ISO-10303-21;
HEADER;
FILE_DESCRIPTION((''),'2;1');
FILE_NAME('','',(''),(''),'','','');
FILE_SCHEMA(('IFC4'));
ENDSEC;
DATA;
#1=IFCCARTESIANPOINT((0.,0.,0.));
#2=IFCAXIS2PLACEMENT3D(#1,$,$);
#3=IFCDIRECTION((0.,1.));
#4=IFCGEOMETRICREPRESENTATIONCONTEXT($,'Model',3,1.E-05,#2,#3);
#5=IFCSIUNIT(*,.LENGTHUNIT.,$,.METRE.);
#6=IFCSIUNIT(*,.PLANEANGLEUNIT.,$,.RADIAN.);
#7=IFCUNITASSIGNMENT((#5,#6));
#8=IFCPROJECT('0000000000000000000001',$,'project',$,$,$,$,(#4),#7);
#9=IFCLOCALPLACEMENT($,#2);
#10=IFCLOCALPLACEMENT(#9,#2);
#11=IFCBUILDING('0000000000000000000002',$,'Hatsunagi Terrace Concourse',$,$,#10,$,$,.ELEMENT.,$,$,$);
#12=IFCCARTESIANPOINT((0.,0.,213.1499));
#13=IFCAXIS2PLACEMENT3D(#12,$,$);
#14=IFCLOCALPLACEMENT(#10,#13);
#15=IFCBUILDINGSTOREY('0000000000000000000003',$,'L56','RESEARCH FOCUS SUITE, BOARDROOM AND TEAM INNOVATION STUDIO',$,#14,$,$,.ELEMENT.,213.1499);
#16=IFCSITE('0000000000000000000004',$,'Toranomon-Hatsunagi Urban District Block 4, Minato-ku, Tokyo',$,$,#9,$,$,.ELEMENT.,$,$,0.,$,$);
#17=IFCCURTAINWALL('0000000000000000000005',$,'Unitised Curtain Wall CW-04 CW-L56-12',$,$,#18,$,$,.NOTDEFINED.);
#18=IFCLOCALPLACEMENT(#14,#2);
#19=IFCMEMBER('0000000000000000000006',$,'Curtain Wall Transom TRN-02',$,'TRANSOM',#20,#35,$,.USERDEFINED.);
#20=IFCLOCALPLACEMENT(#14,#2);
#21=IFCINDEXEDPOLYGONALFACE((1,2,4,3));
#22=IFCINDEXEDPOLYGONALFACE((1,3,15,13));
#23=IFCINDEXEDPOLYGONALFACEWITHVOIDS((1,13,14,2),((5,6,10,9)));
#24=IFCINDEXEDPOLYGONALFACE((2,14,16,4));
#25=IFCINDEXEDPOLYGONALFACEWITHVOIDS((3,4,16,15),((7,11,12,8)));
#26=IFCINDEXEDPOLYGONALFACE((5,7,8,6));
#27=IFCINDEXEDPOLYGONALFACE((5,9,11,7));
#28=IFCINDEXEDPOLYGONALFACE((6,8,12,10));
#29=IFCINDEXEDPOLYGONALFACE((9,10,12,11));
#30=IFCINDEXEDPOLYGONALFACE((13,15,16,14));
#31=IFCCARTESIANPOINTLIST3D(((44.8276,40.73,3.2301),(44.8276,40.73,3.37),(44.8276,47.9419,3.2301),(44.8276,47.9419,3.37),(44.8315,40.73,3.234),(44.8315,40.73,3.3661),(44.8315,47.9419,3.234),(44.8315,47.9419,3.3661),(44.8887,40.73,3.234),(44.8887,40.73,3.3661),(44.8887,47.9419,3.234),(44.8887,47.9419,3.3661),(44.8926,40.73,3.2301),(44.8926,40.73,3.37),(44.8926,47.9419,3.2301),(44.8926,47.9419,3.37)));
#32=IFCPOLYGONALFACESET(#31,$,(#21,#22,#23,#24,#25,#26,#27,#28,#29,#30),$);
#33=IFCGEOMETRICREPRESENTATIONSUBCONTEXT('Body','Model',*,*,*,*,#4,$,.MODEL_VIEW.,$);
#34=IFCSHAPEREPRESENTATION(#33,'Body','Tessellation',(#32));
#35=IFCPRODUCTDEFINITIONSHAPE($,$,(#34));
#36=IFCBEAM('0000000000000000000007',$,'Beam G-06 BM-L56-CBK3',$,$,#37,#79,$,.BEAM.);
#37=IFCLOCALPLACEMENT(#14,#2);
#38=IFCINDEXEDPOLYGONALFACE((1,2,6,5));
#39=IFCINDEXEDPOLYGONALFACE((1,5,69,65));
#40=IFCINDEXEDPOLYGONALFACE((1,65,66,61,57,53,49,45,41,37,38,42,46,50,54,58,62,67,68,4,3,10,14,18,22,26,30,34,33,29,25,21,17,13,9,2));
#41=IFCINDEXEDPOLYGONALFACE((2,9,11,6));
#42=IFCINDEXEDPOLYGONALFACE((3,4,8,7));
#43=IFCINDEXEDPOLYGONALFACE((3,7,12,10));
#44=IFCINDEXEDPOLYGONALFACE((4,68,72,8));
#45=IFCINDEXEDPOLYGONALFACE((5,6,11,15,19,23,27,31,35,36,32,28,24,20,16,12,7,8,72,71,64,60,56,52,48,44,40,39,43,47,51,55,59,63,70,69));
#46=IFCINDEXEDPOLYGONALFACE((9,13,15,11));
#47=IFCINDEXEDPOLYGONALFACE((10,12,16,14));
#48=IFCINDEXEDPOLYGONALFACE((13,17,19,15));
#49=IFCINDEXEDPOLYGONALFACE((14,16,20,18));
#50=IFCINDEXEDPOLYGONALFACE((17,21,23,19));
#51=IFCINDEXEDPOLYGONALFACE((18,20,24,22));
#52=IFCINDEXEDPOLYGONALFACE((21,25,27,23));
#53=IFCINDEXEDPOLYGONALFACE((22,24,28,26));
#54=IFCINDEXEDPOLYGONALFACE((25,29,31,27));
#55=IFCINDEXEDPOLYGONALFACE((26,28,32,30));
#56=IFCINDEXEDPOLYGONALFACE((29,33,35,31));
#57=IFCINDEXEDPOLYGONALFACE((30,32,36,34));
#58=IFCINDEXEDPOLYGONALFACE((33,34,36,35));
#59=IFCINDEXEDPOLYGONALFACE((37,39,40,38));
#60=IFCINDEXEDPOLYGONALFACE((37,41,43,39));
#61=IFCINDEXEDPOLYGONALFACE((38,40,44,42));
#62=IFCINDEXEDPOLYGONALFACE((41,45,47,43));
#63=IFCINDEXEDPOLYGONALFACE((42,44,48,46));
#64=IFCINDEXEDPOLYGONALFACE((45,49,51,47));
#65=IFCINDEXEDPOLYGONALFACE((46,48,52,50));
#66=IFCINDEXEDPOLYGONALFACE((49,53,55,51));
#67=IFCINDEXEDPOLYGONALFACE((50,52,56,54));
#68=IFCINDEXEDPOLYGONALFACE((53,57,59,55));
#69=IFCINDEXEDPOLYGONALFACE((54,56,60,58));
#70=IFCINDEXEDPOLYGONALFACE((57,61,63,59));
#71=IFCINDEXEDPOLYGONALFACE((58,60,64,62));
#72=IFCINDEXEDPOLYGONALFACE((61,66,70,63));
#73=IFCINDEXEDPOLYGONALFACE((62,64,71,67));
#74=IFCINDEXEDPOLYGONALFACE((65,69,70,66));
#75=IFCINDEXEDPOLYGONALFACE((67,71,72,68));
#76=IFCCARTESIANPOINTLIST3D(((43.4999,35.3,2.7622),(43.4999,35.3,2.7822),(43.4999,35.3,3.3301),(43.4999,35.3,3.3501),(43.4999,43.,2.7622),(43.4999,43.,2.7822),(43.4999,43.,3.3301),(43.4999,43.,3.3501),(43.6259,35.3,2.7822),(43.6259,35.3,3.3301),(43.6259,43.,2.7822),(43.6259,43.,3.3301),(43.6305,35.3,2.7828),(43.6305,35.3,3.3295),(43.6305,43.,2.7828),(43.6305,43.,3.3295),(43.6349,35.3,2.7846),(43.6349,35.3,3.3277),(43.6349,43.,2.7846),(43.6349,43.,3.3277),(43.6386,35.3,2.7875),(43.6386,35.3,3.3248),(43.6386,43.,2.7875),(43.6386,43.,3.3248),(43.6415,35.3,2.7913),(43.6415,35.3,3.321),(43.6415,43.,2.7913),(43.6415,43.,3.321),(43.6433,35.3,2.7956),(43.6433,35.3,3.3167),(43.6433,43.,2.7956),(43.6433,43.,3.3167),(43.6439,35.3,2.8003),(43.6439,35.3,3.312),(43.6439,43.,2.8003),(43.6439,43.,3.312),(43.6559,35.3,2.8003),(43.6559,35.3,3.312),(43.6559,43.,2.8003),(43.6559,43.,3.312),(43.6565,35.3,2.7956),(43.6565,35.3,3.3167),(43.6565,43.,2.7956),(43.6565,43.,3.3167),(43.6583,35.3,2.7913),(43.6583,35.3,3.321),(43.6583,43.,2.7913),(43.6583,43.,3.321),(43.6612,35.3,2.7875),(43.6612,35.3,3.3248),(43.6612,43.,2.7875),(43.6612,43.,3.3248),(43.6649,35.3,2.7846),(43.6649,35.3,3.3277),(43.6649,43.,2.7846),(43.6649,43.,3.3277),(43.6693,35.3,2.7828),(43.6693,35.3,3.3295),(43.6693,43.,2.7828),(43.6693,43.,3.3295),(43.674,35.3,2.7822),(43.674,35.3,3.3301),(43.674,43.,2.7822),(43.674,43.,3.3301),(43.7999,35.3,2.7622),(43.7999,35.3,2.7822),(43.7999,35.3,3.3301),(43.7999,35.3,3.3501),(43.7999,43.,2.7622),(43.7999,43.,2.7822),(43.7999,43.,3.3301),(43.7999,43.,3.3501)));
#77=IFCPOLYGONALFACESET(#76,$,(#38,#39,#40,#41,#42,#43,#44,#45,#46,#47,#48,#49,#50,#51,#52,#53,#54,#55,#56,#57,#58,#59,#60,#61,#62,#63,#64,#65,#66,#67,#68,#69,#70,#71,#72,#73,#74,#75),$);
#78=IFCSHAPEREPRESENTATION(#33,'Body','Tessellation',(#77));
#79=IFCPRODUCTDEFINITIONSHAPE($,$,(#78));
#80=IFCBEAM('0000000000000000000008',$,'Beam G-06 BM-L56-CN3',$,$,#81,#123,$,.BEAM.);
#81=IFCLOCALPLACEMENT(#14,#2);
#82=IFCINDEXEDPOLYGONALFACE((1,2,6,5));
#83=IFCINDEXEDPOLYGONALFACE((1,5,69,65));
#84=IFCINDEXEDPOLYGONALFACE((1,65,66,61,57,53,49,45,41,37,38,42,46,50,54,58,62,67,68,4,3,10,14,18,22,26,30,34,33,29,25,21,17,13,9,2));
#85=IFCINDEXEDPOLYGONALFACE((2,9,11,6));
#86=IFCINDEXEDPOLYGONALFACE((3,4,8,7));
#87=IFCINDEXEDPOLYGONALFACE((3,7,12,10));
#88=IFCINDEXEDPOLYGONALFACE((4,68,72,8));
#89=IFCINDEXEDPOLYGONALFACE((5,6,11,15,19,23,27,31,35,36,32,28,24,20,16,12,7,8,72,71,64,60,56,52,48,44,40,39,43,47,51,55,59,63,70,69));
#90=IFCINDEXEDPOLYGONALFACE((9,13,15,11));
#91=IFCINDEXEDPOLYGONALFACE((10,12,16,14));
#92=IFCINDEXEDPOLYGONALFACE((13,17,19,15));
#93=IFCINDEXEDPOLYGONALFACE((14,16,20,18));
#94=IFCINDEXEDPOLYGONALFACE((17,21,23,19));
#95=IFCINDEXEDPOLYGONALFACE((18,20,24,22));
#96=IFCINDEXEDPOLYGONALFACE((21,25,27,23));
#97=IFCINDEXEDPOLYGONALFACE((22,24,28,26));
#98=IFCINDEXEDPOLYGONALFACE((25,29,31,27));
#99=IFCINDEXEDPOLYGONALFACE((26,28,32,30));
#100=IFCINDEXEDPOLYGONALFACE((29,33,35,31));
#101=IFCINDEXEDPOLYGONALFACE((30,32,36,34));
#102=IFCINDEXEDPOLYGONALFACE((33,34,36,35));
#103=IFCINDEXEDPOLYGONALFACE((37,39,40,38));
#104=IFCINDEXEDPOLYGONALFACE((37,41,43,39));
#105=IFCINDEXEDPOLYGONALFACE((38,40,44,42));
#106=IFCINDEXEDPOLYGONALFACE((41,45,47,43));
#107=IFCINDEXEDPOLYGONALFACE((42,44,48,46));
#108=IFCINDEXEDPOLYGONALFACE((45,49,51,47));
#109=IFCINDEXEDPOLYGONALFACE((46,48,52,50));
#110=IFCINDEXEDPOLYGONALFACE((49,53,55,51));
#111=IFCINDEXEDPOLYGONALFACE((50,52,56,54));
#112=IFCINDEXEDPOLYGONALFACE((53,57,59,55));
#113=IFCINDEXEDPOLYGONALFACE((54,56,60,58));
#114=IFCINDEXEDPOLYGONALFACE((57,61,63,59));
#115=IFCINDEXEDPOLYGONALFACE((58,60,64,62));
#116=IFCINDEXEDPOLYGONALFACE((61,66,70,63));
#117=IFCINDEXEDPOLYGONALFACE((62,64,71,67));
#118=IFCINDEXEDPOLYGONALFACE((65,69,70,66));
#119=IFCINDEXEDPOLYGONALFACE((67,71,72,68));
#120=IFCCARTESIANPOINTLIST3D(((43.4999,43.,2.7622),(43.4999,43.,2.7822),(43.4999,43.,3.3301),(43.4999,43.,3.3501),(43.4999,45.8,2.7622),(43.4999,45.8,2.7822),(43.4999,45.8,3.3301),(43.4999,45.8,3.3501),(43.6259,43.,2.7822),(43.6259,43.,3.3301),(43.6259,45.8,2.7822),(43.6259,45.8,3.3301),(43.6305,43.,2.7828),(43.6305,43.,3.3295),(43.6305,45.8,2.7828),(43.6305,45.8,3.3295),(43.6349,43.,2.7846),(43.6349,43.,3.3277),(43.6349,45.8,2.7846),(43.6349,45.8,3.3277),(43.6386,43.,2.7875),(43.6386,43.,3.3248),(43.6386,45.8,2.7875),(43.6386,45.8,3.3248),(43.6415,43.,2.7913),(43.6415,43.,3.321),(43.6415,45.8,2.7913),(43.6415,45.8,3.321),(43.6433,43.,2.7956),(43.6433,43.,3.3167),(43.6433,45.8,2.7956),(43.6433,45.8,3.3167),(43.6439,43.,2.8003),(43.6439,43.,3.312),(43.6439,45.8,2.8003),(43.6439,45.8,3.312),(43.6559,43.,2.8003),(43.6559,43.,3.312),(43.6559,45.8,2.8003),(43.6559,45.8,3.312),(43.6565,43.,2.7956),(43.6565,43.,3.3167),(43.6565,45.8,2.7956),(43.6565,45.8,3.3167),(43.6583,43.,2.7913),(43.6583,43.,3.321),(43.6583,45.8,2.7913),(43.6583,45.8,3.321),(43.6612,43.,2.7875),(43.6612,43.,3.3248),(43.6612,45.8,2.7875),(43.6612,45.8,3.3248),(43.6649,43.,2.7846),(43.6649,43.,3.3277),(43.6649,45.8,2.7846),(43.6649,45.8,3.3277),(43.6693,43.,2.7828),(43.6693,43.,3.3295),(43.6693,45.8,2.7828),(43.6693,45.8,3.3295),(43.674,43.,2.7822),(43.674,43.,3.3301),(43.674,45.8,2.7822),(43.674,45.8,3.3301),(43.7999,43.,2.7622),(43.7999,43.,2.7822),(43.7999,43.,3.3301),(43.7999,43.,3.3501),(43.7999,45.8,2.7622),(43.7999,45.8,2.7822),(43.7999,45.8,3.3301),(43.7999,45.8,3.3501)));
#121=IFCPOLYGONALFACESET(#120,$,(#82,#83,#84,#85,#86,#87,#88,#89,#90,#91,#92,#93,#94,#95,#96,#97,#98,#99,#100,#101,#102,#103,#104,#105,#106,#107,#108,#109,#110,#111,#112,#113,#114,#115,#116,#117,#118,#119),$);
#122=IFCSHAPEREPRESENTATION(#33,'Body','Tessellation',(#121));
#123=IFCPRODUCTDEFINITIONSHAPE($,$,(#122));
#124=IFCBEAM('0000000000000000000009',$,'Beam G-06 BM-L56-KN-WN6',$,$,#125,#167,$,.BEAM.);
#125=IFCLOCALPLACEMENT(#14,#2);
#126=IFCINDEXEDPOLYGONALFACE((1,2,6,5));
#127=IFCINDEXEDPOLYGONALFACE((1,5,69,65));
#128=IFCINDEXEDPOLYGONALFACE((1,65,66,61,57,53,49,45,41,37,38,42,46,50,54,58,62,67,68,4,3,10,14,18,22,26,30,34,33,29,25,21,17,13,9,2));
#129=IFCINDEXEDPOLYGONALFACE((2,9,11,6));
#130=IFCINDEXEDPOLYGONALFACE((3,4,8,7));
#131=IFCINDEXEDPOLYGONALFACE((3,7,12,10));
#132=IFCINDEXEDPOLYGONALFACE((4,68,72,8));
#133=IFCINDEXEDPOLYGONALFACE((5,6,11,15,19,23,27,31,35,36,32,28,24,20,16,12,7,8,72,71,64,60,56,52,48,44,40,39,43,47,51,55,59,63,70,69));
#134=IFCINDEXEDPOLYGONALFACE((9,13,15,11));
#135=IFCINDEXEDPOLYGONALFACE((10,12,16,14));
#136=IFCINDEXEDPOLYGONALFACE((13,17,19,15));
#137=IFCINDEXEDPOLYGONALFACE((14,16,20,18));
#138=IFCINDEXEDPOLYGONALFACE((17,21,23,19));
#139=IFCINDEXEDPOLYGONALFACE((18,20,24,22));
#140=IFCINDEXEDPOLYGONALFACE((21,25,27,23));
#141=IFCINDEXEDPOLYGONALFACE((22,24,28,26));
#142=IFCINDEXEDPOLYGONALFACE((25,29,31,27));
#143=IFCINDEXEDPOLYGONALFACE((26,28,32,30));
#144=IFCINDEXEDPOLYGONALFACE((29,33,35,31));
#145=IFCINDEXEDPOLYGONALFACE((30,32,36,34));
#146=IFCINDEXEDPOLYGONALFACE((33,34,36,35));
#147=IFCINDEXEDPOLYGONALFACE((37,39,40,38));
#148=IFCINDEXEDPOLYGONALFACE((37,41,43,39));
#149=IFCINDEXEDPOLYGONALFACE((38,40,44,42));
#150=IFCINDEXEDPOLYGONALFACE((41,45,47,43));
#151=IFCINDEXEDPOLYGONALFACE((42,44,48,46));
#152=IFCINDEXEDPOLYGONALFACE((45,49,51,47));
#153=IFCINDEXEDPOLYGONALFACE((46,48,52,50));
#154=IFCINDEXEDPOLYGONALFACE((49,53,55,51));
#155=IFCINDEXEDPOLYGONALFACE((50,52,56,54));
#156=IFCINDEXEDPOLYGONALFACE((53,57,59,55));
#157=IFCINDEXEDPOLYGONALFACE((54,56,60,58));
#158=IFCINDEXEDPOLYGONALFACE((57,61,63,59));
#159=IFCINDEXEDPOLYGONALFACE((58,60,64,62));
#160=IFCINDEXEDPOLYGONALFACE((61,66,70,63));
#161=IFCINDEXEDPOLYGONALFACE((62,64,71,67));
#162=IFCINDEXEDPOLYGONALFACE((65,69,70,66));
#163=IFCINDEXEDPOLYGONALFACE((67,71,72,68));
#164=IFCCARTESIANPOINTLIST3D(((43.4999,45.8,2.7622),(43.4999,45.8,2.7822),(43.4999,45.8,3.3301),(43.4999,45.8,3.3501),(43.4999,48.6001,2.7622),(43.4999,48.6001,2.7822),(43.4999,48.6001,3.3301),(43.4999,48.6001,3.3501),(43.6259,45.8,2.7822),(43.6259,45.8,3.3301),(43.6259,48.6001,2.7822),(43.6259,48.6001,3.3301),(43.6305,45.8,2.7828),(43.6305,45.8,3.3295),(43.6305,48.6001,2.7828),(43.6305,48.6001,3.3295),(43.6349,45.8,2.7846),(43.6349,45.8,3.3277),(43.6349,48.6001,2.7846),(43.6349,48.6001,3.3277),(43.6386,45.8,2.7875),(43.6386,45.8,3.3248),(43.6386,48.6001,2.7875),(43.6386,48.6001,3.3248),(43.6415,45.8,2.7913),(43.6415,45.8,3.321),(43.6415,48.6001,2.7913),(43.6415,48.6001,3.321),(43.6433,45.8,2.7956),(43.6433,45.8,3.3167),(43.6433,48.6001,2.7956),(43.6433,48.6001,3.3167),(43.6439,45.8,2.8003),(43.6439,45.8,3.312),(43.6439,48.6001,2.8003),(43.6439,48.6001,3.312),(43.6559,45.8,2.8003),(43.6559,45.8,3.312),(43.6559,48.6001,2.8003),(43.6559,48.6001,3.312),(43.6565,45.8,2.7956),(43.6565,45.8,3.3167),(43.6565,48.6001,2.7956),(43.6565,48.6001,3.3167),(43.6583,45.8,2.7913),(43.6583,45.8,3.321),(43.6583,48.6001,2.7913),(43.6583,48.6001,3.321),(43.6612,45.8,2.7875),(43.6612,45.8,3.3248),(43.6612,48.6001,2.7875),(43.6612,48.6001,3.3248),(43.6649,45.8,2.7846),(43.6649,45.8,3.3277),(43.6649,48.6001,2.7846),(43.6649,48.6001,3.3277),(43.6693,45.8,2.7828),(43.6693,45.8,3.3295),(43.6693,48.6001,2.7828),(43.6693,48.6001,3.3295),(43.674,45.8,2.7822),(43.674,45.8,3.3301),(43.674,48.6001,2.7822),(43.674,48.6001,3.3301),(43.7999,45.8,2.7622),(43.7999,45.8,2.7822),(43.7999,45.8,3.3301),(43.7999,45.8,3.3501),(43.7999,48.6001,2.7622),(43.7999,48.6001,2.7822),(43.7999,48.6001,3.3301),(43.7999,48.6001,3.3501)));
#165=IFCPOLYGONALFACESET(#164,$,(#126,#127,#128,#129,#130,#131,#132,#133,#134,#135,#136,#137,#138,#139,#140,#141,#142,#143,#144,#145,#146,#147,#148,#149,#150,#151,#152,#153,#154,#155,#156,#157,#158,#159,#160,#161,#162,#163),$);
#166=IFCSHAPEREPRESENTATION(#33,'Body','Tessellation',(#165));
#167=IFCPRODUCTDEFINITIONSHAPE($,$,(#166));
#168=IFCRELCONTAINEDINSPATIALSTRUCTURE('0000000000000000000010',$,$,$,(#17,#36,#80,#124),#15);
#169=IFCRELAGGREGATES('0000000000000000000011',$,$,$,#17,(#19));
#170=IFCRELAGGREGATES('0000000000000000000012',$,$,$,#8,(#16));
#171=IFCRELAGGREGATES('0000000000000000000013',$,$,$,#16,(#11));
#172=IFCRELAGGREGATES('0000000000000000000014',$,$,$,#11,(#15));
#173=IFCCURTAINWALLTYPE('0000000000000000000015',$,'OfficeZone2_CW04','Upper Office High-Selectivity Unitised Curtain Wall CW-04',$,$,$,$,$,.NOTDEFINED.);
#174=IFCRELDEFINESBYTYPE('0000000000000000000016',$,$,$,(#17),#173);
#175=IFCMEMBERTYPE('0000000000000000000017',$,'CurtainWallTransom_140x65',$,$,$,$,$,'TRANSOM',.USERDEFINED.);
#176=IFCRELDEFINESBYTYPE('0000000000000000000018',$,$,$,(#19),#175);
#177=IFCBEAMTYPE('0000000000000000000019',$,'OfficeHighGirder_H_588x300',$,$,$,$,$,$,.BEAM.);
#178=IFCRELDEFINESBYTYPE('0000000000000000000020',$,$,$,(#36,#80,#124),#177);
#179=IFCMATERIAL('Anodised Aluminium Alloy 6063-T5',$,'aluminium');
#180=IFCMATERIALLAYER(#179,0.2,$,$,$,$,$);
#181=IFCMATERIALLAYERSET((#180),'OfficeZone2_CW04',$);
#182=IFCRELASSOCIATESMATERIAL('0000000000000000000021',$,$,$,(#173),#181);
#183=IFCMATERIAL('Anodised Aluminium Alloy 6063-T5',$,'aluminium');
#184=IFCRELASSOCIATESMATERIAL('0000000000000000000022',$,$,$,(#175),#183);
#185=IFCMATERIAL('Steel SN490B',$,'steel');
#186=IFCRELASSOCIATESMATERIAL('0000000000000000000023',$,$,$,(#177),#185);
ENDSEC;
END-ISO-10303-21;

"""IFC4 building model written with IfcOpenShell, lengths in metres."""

from ifc_helpers import new_model, si_unit, direction, frame, origin, origin_2d, place, context, subcontext, project, spatial, hollow_rectangle, i_section, extrude, material, layer, layer_set, material_profile, profile_set, type_object, element, aggregate, save


model = new_model("IFC4")

# Units and contexts
model_context = context("Model", 3, precision=1e-05, world=origin(), true_north=direction((0.0, 1.0)))
body_context = subcontext(model_context, "Body", "Model", "MODEL_VIEW")
ifc_project = project(units=[si_unit("LENGTHUNIT", "METRE"), si_unit("PLANEANGLEUNIT", "RADIAN")], contexts=[model_context])

# Site, building, storey
site_placement = place(None, origin())
site = spatial("IfcSite", under=ifc_project, at=site_placement, Name="Toranomon-Hatsunagi Urban District Block 4, Minato-ku, Tokyo", CompositionType="ELEMENT", RefElevation=0.0)
building_placement = place(site_placement, origin())
building = spatial("IfcBuilding", under=site, at=building_placement, Name="Hatsunagi Terrace Concourse", CompositionType="ELEMENT")
storey_placement = place(building_placement, frame((0.0, 0.0, 213.1499)))
storey = spatial("IfcBuildingStorey", under=building, at=storey_placement, Name="L56", Description="RESEARCH FOCUS SUITE, BOARDROOM AND TEAM INNOVATION STUDIO", CompositionType="ELEMENT", Elevation=213.1499)

# Curtain wall, member
ifc_material_1 = material(Name="Anodised Aluminium Alloy 6063-T5", Category="aluminium")
ifc_layer_1 = layer(ifc_material_1, 0.2)
ifc_layer_set_1 = layer_set([ifc_layer_1], Name="OfficeZone2_CW04")
curtain_wall_type = type_object("IfcCurtainWallType", Name="OfficeZone2_CW04", Description="Upper Office High-Selectivity Unitised Curtain Wall CW-04", PredefinedType="NOTDEFINED", material=ifc_layer_set_1)
curtain_wall_placement = place(storey_placement, origin())
curtain_wall = element("IfcCurtainWall", 1, at=curtain_wall_placement, inside=storey, type_object=curtain_wall_type, Name="Unitised Curtain Wall CW-04 CW-L56-12", PredefinedType="NOTDEFINED")
ifc_material_2 = material(Name="Anodised Aluminium Alloy 6063-T5", Category="aluminium")
ifc_material_profile_1 = material_profile(ifc_material_2, hollow_rectangle(XDim=0.0649, YDim=0.1399, WallThickness=0.0039, at=origin_2d()), Name="ALU-TRN-140x65x4")
ifc_profile_set_1 = profile_set([ifc_material_profile_1], Name="Anodised Aluminium Alloy 6063-T5")
member_type_1 = type_object("IfcMemberType", Name="CurtainWallTransom_140x65", ElementType="TRANSOM", PredefinedType="USERDEFINED", material=ifc_profile_set_1)
member_1_placement = place(storey_placement, frame((44.8601, 47.9419, 3.3), z_axis=(0.0, -1.0, 0.0), x_axis=(1.0, 0.0, 0.0)))
member_1 = element("IfcMember", 2, at=member_1_placement, type_object=member_type_1, Name="Curtain Wall Transom TRN-02", ObjectType="TRANSOM", PredefinedType="USERDEFINED", context=body_context, shape_type="SweptSolid", body=[
    extrude(hollow_rectangle(XDim=0.0649, YDim=0.1399, WallThickness=0.0039, at=origin_2d()), origin(), (0.0, 0.0, 1.0), 7.2119),
])

# Beams
ifc_material_3 = material(Name="Steel SN490B", Category="steel")
ifc_material_profile_2 = material_profile(ifc_material_3, i_section(OverallWidth=0.3, OverallDepth=0.5879, WebThickness=0.012, FlangeThickness=0.02, FilletRadius=0.0181, at=origin_2d()), Name="H-588x300x12x20")
ifc_profile_set_2 = profile_set([ifc_material_profile_2], Name="Steel SN490B")
beam_type_1 = type_object("IfcBeamType", Name="OfficeHighGirder_H_588x300", PredefinedType="BEAM", material=ifc_profile_set_2)
beam_1_placement = place(storey_placement, frame((43.6499, 35.3, 3.0562), z_axis=(0.0, 1.0, 0.0), x_axis=(-1.0, 0.0, 0.0)))
element("IfcBeam", 3, at=beam_1_placement, inside=storey, type_object=beam_type_1, Name="Beam G-06 BM-L56-CBK3", PredefinedType="BEAM", context=body_context, shape_type="SweptSolid", body=[
    extrude(i_section(OverallWidth=0.3, OverallDepth=0.5879, WebThickness=0.012, FlangeThickness=0.02, FilletRadius=0.0181, at=origin_2d()), origin(), (0.0, 0.0, 1.0), 7.7),
])
for number, where, z_axis, x_axis, name in (
    (4, (43.6499, 43.0, 3.0562), (0.0, 1.0, 0.0), (-1.0, 0.0, 0.0), "Beam G-06 BM-L56-CN3"),
    (5, (43.6499, 45.8, 3.0562), (0.0, 1.0, 0.0), (-1.0, 0.0, 0.0), "Beam G-06 BM-L56-KN-WN6"),
):
    element("IfcBeam", number, at=place(storey_placement, frame(where, z_axis=z_axis, x_axis=x_axis)), inside=storey, type_object=beam_type_1, Name=name, PredefinedType="BEAM", context=body_context, shape_type="SweptSolid", body=[
        extrude(i_section(OverallWidth=0.3, OverallDepth=0.5879, WebThickness=0.012, FlangeThickness=0.02, FilletRadius=0.0181, at=origin_2d()), origin(), (0.0, 0.0, 1.0), 2.8),
    ])

aggregate(curtain_wall, [member_1])

save(model, "model.ifc")
